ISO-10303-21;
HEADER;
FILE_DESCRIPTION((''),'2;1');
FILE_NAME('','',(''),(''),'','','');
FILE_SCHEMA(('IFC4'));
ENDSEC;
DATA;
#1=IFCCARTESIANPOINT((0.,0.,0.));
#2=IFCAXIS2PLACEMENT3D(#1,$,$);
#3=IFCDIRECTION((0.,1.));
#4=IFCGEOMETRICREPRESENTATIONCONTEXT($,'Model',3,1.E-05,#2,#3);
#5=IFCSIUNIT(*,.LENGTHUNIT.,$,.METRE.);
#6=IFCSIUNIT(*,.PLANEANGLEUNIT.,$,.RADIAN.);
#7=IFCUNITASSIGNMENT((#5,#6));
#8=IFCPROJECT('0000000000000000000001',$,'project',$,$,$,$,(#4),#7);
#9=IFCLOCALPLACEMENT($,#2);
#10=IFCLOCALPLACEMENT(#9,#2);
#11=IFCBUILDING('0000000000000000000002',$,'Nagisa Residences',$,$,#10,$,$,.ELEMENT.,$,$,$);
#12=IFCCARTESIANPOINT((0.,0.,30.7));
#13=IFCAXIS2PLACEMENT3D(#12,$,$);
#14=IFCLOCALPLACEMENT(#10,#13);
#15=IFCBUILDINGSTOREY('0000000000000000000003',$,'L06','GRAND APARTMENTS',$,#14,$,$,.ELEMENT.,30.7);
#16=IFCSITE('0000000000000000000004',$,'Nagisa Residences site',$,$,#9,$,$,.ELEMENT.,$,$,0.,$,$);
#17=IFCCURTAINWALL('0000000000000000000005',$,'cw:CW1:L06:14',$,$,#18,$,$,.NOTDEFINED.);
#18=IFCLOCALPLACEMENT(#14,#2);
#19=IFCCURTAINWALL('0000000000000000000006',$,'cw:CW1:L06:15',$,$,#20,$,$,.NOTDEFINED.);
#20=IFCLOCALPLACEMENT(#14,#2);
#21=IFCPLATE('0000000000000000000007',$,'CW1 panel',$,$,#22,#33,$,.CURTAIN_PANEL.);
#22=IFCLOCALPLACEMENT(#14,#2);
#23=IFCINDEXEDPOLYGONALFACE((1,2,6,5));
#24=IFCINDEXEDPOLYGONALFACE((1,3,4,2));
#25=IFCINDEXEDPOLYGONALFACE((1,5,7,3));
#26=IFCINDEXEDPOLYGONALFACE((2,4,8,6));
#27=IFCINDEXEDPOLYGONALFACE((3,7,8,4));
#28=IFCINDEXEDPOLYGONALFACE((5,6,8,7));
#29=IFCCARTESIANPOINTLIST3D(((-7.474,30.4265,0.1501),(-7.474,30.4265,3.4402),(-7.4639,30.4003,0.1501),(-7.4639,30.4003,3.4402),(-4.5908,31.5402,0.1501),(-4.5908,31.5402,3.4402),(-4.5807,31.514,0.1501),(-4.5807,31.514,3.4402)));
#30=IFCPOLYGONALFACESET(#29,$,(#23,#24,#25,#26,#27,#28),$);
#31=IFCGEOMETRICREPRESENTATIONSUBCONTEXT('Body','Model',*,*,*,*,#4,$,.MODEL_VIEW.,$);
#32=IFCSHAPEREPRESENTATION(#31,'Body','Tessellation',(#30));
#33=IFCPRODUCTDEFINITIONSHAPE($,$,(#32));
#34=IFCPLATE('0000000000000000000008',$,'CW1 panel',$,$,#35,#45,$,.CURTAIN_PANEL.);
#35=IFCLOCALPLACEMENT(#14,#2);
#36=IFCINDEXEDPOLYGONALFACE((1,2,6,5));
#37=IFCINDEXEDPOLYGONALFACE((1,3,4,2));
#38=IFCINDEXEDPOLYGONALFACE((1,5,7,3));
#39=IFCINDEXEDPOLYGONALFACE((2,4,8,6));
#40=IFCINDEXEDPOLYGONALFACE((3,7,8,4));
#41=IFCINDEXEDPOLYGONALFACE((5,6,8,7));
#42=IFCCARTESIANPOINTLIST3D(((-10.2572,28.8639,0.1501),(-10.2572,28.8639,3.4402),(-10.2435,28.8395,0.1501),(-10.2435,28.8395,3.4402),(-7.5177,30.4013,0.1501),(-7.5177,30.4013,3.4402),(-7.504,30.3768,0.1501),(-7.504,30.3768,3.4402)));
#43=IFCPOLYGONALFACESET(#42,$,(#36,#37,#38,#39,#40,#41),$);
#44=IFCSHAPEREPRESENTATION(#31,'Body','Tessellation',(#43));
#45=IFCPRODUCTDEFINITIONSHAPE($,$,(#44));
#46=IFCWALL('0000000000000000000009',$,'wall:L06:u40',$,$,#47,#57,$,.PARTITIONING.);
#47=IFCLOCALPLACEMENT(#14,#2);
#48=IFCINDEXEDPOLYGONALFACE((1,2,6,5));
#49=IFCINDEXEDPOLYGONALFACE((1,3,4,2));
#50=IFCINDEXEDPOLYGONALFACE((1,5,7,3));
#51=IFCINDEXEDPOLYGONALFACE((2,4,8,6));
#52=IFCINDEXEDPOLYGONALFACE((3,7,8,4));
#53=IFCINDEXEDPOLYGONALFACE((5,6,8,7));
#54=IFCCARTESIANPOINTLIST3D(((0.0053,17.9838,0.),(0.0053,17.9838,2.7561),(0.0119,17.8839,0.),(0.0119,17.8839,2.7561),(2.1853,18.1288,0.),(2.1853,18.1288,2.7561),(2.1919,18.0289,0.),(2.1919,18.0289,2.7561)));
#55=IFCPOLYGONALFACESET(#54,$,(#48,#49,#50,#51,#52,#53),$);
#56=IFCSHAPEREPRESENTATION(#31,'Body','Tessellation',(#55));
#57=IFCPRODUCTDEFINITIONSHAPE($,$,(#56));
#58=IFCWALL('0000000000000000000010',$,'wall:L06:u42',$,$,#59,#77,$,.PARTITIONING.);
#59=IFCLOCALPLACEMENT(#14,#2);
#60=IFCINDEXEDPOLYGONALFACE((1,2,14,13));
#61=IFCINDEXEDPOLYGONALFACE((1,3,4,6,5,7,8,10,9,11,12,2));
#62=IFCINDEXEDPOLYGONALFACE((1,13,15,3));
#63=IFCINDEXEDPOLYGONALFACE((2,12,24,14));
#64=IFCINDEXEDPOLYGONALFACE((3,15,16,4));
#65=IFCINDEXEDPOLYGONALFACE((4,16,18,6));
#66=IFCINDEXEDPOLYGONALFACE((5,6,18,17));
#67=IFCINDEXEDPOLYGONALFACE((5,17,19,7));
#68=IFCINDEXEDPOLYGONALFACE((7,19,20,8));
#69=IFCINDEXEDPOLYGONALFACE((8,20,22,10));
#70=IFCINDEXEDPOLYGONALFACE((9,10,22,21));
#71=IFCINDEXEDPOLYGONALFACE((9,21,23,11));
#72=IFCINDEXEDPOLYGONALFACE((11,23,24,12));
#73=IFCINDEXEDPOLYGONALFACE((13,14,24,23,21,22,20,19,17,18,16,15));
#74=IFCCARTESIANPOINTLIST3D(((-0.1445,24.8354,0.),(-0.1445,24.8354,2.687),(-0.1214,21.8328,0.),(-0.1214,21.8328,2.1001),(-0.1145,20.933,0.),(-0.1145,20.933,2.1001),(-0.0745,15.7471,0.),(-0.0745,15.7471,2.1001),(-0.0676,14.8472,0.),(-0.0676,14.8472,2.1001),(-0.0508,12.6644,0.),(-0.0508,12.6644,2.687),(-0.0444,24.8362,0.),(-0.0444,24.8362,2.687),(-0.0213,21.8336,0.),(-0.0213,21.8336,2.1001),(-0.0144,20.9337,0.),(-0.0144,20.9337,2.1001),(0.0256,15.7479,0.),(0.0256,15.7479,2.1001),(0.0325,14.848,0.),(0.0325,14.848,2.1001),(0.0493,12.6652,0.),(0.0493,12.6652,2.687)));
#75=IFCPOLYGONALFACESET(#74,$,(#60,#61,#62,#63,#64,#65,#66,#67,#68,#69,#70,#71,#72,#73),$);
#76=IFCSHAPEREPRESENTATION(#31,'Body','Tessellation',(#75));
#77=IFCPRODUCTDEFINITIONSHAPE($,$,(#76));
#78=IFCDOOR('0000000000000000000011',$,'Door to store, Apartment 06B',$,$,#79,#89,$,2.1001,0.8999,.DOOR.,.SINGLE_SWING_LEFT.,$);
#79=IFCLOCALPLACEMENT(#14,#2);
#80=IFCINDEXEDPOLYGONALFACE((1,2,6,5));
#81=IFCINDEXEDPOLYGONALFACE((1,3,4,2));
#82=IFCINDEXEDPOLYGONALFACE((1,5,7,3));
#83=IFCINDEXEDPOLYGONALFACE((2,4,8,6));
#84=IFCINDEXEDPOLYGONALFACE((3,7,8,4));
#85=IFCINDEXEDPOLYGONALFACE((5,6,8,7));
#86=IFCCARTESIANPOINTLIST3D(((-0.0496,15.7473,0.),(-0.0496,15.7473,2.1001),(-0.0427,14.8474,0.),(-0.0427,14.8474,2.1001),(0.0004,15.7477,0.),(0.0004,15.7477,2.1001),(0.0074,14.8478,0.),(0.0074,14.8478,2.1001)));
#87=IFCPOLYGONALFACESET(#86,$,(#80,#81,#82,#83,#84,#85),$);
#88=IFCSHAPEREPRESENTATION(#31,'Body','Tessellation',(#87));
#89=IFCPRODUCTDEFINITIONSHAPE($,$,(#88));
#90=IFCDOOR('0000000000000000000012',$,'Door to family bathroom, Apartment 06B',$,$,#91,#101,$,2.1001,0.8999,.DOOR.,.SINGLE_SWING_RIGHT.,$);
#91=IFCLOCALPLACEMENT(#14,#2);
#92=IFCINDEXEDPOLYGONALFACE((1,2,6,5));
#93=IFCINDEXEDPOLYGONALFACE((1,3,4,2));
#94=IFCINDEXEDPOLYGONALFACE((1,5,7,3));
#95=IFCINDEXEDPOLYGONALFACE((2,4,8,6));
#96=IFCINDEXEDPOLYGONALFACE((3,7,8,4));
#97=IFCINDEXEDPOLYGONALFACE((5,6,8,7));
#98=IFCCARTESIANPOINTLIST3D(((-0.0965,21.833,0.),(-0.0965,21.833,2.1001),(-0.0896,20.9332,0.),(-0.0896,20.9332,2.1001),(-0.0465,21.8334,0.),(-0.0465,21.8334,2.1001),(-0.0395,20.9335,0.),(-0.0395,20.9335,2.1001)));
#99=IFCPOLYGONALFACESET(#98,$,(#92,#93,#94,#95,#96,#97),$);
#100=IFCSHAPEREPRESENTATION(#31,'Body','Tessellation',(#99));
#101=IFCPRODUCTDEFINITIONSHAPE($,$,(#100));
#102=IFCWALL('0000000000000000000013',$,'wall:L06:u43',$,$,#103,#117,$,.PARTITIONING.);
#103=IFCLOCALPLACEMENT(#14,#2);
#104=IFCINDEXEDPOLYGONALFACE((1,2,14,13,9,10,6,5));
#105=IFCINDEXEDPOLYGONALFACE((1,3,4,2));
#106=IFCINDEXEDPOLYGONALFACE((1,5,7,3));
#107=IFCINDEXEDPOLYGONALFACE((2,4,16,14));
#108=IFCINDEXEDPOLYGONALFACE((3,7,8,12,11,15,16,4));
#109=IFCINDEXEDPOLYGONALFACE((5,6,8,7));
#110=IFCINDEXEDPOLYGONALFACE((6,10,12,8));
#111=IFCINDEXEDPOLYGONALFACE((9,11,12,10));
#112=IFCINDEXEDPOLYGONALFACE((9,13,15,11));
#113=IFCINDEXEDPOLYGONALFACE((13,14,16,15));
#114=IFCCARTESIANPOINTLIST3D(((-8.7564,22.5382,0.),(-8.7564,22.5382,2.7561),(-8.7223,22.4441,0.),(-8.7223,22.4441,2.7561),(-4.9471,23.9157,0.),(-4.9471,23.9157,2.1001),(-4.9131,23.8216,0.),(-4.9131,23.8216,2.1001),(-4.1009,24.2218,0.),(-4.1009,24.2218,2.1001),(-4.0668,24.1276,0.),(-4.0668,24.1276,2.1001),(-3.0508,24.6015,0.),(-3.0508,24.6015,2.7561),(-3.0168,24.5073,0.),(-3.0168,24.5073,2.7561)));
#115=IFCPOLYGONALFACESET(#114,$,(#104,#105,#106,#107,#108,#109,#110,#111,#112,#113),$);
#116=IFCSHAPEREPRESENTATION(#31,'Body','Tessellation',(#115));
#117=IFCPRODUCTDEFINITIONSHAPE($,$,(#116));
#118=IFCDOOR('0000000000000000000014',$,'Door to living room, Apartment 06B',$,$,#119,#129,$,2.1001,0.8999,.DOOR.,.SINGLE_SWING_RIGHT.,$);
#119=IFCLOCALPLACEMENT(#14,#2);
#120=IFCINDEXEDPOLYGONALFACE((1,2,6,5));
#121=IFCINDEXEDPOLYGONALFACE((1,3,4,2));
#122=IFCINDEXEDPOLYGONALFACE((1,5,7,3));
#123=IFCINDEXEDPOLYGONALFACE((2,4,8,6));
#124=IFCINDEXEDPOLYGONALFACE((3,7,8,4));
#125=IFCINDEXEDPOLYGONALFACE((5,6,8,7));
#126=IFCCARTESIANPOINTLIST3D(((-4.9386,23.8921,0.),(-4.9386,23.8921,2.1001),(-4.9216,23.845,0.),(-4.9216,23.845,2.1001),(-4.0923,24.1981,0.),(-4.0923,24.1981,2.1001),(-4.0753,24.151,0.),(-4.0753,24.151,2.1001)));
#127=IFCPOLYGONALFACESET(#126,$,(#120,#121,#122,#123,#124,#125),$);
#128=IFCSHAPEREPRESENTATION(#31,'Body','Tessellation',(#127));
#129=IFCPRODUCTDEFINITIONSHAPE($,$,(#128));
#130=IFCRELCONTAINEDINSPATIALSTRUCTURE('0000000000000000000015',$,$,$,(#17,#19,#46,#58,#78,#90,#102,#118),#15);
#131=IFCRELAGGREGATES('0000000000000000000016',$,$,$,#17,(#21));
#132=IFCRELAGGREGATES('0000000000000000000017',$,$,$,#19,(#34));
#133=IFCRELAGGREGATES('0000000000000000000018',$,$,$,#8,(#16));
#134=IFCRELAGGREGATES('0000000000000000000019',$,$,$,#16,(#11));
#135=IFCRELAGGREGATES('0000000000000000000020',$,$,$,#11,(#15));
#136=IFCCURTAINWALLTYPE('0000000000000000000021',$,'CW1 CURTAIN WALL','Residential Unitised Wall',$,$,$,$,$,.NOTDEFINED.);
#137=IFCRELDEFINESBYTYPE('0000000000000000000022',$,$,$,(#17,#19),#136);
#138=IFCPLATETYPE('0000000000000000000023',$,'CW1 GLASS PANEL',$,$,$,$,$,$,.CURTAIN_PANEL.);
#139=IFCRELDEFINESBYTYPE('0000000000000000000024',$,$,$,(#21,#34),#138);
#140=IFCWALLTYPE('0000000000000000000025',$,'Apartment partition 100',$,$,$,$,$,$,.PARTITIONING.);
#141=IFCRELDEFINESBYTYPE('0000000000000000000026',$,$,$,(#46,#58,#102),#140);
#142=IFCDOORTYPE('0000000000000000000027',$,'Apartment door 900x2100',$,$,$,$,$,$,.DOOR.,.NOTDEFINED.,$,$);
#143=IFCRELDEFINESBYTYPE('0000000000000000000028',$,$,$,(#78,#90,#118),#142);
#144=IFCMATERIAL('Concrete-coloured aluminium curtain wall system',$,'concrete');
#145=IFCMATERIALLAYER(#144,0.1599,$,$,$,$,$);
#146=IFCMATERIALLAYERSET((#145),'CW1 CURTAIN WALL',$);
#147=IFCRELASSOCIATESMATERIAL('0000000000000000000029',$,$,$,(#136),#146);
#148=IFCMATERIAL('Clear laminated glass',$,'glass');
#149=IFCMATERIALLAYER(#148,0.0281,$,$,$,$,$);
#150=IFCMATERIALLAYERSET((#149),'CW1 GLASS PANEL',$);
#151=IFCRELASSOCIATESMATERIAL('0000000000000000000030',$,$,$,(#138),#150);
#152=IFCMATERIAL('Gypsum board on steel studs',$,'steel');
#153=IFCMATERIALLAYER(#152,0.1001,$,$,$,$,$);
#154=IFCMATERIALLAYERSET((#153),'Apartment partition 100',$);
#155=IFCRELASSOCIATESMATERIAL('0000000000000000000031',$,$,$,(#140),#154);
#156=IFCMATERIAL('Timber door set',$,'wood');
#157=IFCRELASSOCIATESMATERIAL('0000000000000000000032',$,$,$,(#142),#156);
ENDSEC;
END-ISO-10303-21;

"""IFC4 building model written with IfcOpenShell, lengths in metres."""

from ifc_helpers import new_model, si_unit, direction, frame, frame_2d, origin, origin_2d, place, context, subcontext, project, spatial, rectangle, extrude, material, layer, layer_set, type_object, element, fill, aggregate, save


model = new_model("IFC4")

# Units and contexts
model_context = context("Model", 3, precision=1e-05, world=origin(), true_north=direction((0.0, 1.0)))
body_context = subcontext(model_context, "Body", "Model", "MODEL_VIEW")
ifc_project = project(units=[si_unit("LENGTHUNIT", "METRE"), si_unit("PLANEANGLEUNIT", "RADIAN")], contexts=[model_context])

# Site, building, storey
site_placement = place(None, origin())
site = spatial("IfcSite", under=ifc_project, at=site_placement, Name="Nagisa Residences site", CompositionType="ELEMENT", RefElevation=0.0)
building_placement = place(site_placement, origin())
building = spatial("IfcBuilding", under=site, at=building_placement, Name="Nagisa Residences", CompositionType="ELEMENT")
storey_placement = place(building_placement, frame((0.0, 0.0, 30.7)))
storey = spatial("IfcBuildingStorey", under=building, at=storey_placement, Name="L06", Description="GRAND APARTMENTS", CompositionType="ELEMENT", Elevation=30.7)

# Curtain walls
ifc_material_1 = material(Name="Concrete-coloured aluminium curtain wall system", Category="concrete")
ifc_layer_1 = layer(ifc_material_1, 0.1599)
ifc_layer_set_1 = layer_set([ifc_layer_1], Name="CW1 CURTAIN WALL")
curtain_wall_type = type_object("IfcCurtainWallType", Name="CW1 CURTAIN WALL", Description="Residential Unitised Wall", PredefinedType="NOTDEFINED", material=ifc_layer_set_1)
curtain_wall_1_placement = place(storey_placement, origin())
curtain_wall_1 = element("IfcCurtainWall", 1, at=curtain_wall_1_placement, inside=storey, type_object=curtain_wall_type, Name="cw:CW1:L06:14", PredefinedType="NOTDEFINED")
curtain_wall_2_placement = place(storey_placement, origin())
curtain_wall_2 = element("IfcCurtainWall", 2, at=curtain_wall_2_placement, inside=storey, type_object=curtain_wall_type, Name="cw:CW1:L06:15", PredefinedType="NOTDEFINED")

# Shared definitions
ifc_material_2 = material(Name="Clear laminated glass", Category="glass")
ifc_layer_2 = layer(ifc_material_2, 0.0281)
ifc_layer_set_2 = layer_set([ifc_layer_2], Name="CW1 GLASS PANEL")
plate_type = type_object("IfcPlateType", Name="CW1 GLASS PANEL", PredefinedType="CURTAIN_PANEL", material=ifc_layer_set_2)

# Plates
plate_1_placement = place(storey_placement, frame((-6.0273, 30.9702, 0.1501), z_axis=(0.0, 0.0, 1.0), x_axis=(-0.932826, -0.360328, 0.0)))
plate_1 = element("IfcPlate", 3, at=plate_1_placement, type_object=plate_type, Name="CW1 panel", PredefinedType="CURTAIN_PANEL", context=body_context, shape_type="SweptSolid", body=[
    extrude(rectangle(XDim=3.0908, YDim=0.0281, at=origin_2d()), origin(), (0.0, 0.0, 1.0), 3.29),
])
aggregate(curtain_wall_1, [plate_1])
plate_2_placement = place(storey_placement, frame((-8.8806, 29.6204, 0.1501), z_axis=(0.0, 0.0, 1.0), x_axis=(-0.872072, -0.489377, 0.0)))
plate_2 = element("IfcPlate", 4, at=plate_2_placement, type_object=plate_type, Name="CW1 panel", PredefinedType="CURTAIN_PANEL", context=body_context, shape_type="SweptSolid", body=[
    extrude(rectangle(XDim=3.1414, YDim=0.0281, at=origin_2d()), origin(), (0.0, 0.0, 1.0), 3.29),
])
aggregate(curtain_wall_2, [plate_2])

# Wall
ifc_material_3 = material(Name="Gypsum board on steel studs", Category="steel")
ifc_layer_3 = layer(ifc_material_3, 0.1001)
ifc_layer_set_3 = layer_set([ifc_layer_3], Name="Apartment partition 100")
wall_type_1 = type_object("IfcWallType", Name="Apartment partition 100", PredefinedType="PARTITIONING", material=ifc_layer_set_3)
wall_1_placement = place(storey_placement, frame((2.1885, 18.0789, 0.0), z_axis=(0.0, 0.0, 1.0), x_axis=(-0.997795, -0.066378, 0.0)))
element("IfcWall", 5, at=wall_1_placement, inside=storey, type_object=wall_type_1, Name="wall:L06:u40", PredefinedType="PARTITIONING", context=body_context, shape_type="SweptSolid", body=[
    extrude(rectangle(XDim=2.1848, YDim=0.1001, at=frame_2d((1.0923, 0.0))), origin(), (0.0, 0.0, 1.0), 2.7561),
])

# Wall, openings, doors
wall_2_placement = place(storey_placement, frame((-0.0007, 12.6648, 0.0), z_axis=(0.0, 0.0, 1.0), x_axis=(-0.007702, 0.99997, 0.0)))
wall_2 = element("IfcWall", 6, at=wall_2_placement, inside=storey, type_object=wall_type_1, Name="wall:L06:u42", PredefinedType="PARTITIONING", context=body_context, shape_type="SweptSolid", body=[
    extrude(rectangle(XDim=12.1714, YDim=0.1001, at=frame_2d((6.0857, 0.0))), origin(), (0.0, 0.0, 1.0), 2.687),
])
opening_1_placement = place(wall_2_placement, frame((2.1829, 0.0, 0.0)))
opening_1 = element("IfcOpeningElement", 7, at=opening_1_placement, cuts=wall_2, PredefinedType="OPENING", context=body_context, shape_type="SweptSolid", body=[
    extrude(rectangle(XDim=0.8999, YDim=2.1001, at=frame_2d((0.45, 1.05))), frame((0.0, 0.0601, 0.0), z_axis=(0.0, -1.0, 0.0), x_axis=(1.0, 0.0, 0.0)), (0.0, 0.0, 1.0), 0.1201),
])
opening_2_placement = place(wall_2_placement, frame((8.2688, 0.0, 0.0)))
opening_2 = element("IfcOpeningElement", 8, at=opening_2_placement, cuts=wall_2, PredefinedType="OPENING", context=body_context, shape_type="SweptSolid", body=[
    extrude(rectangle(XDim=0.8999, YDim=2.1001, at=frame_2d((0.45, 1.05))), frame((0.0, 0.0601, 0.0), z_axis=(0.0, -1.0, 0.0), x_axis=(1.0, 0.0, 0.0)), (0.0, 0.0, 1.0), 0.1201),
])
ifc_material_4 = material(Name="Timber door set", Category="wood")
door_type_1 = type_object("IfcDoorType", Name="Apartment door 900x2100", OperationType="NOTDEFINED", PredefinedType="DOOR", material=ifc_material_4)
door_1_placement = place(opening_1_placement, frame((0.8999, 0.0, 0.0), x_axis=(-1.0, 0.0, 0.0)))
door_1 = element("IfcDoor", 9, at=door_1_placement, inside=storey, type_object=door_type_1, Name="Door to store, Apartment 06B", OperationType="SINGLE_SWING_LEFT", OverallHeight=2.1001, OverallWidth=0.8999, PredefinedType="DOOR", context=body_context, shape_type="SweptSolid", body=[
    extrude(rectangle(XDim=0.8999, YDim=2.1001, at=frame_2d((0.45, 1.05))), frame((0.0, 0.0249, 0.0), z_axis=(0.0, -1.0, 0.0), x_axis=(1.0, 0.0, 0.0)), (0.0, 0.0, 1.0), 0.05),
])
fill(opening_1, door_1)
door_2_placement = place(opening_2_placement, frame((0.8999, 0.0, 0.0), x_axis=(-1.0, 0.0, 0.0)))
door_2 = element("IfcDoor", 10, at=door_2_placement, inside=storey, type_object=door_type_1, Name="Door to family bathroom, Apartment 06B", OperationType="SINGLE_SWING_RIGHT", OverallHeight=2.1001, OverallWidth=0.8999, PredefinedType="DOOR", context=body_context, shape_type="SweptSolid", body=[
    extrude(rectangle(XDim=0.8999, YDim=2.1001, at=frame_2d((0.45, 1.05))), frame((0.0, 0.0249, 0.0), z_axis=(0.0, -1.0, 0.0), x_axis=(1.0, 0.0, 0.0)), (0.0, 0.0, 1.0), 0.05),
])
fill(opening_2, door_2)

# Wall, opening, door
wall_3_placement = place(storey_placement, frame((-3.0337, 24.5544, 0.0), z_axis=(0.0, 0.0, 1.0), x_axis=(-0.940402, -0.340066, 0.0)))
wall_3 = element("IfcWall", 11, at=wall_3_placement, inside=storey, type_object=wall_type_1, Name="wall:L06:u43", PredefinedType="PARTITIONING", context=body_context, shape_type="SweptSolid", body=[
    extrude(rectangle(XDim=6.0671, YDim=0.1001, at=frame_2d((3.0337, 0.0))), origin(), (0.0, 0.0, 1.0), 2.7561),
])
opening_3_placement = place(wall_3_placement, frame((1.1167, 0.0, 0.0)))
opening_3 = element("IfcOpeningElement", 12, at=opening_3_placement, cuts=wall_3, PredefinedType="OPENING", context=body_context, shape_type="SweptSolid", body=[
    extrude(rectangle(XDim=0.8999, YDim=2.1001, at=frame_2d((0.45, 1.05))), frame((0.0, 0.0601, 0.0), z_axis=(0.0, -1.0, 0.0), x_axis=(1.0, 0.0, 0.0)), (0.0, 0.0, 1.0), 0.1201),
])
door_3_placement = place(opening_3_placement, frame((0.8999, 0.0, 0.0), x_axis=(-1.0, 0.0, 0.0)))
door_3 = element("IfcDoor", 13, at=door_3_placement, inside=storey, type_object=door_type_1, Name="Door to living room, Apartment 06B", OperationType="SINGLE_SWING_RIGHT", OverallHeight=2.1001, OverallWidth=0.8999, PredefinedType="DOOR", context=body_context, shape_type="SweptSolid", body=[
    extrude(rectangle(XDim=0.8999, YDim=2.1001, at=frame_2d((0.45, 1.05))), frame((0.0, 0.0249, 0.0), z_axis=(0.0, -1.0, 0.0), x_axis=(1.0, 0.0, 0.0)), (0.0, 0.0, 1.0), 0.05),
])
fill(opening_3, door_3)

save(model, "model.ifc")
